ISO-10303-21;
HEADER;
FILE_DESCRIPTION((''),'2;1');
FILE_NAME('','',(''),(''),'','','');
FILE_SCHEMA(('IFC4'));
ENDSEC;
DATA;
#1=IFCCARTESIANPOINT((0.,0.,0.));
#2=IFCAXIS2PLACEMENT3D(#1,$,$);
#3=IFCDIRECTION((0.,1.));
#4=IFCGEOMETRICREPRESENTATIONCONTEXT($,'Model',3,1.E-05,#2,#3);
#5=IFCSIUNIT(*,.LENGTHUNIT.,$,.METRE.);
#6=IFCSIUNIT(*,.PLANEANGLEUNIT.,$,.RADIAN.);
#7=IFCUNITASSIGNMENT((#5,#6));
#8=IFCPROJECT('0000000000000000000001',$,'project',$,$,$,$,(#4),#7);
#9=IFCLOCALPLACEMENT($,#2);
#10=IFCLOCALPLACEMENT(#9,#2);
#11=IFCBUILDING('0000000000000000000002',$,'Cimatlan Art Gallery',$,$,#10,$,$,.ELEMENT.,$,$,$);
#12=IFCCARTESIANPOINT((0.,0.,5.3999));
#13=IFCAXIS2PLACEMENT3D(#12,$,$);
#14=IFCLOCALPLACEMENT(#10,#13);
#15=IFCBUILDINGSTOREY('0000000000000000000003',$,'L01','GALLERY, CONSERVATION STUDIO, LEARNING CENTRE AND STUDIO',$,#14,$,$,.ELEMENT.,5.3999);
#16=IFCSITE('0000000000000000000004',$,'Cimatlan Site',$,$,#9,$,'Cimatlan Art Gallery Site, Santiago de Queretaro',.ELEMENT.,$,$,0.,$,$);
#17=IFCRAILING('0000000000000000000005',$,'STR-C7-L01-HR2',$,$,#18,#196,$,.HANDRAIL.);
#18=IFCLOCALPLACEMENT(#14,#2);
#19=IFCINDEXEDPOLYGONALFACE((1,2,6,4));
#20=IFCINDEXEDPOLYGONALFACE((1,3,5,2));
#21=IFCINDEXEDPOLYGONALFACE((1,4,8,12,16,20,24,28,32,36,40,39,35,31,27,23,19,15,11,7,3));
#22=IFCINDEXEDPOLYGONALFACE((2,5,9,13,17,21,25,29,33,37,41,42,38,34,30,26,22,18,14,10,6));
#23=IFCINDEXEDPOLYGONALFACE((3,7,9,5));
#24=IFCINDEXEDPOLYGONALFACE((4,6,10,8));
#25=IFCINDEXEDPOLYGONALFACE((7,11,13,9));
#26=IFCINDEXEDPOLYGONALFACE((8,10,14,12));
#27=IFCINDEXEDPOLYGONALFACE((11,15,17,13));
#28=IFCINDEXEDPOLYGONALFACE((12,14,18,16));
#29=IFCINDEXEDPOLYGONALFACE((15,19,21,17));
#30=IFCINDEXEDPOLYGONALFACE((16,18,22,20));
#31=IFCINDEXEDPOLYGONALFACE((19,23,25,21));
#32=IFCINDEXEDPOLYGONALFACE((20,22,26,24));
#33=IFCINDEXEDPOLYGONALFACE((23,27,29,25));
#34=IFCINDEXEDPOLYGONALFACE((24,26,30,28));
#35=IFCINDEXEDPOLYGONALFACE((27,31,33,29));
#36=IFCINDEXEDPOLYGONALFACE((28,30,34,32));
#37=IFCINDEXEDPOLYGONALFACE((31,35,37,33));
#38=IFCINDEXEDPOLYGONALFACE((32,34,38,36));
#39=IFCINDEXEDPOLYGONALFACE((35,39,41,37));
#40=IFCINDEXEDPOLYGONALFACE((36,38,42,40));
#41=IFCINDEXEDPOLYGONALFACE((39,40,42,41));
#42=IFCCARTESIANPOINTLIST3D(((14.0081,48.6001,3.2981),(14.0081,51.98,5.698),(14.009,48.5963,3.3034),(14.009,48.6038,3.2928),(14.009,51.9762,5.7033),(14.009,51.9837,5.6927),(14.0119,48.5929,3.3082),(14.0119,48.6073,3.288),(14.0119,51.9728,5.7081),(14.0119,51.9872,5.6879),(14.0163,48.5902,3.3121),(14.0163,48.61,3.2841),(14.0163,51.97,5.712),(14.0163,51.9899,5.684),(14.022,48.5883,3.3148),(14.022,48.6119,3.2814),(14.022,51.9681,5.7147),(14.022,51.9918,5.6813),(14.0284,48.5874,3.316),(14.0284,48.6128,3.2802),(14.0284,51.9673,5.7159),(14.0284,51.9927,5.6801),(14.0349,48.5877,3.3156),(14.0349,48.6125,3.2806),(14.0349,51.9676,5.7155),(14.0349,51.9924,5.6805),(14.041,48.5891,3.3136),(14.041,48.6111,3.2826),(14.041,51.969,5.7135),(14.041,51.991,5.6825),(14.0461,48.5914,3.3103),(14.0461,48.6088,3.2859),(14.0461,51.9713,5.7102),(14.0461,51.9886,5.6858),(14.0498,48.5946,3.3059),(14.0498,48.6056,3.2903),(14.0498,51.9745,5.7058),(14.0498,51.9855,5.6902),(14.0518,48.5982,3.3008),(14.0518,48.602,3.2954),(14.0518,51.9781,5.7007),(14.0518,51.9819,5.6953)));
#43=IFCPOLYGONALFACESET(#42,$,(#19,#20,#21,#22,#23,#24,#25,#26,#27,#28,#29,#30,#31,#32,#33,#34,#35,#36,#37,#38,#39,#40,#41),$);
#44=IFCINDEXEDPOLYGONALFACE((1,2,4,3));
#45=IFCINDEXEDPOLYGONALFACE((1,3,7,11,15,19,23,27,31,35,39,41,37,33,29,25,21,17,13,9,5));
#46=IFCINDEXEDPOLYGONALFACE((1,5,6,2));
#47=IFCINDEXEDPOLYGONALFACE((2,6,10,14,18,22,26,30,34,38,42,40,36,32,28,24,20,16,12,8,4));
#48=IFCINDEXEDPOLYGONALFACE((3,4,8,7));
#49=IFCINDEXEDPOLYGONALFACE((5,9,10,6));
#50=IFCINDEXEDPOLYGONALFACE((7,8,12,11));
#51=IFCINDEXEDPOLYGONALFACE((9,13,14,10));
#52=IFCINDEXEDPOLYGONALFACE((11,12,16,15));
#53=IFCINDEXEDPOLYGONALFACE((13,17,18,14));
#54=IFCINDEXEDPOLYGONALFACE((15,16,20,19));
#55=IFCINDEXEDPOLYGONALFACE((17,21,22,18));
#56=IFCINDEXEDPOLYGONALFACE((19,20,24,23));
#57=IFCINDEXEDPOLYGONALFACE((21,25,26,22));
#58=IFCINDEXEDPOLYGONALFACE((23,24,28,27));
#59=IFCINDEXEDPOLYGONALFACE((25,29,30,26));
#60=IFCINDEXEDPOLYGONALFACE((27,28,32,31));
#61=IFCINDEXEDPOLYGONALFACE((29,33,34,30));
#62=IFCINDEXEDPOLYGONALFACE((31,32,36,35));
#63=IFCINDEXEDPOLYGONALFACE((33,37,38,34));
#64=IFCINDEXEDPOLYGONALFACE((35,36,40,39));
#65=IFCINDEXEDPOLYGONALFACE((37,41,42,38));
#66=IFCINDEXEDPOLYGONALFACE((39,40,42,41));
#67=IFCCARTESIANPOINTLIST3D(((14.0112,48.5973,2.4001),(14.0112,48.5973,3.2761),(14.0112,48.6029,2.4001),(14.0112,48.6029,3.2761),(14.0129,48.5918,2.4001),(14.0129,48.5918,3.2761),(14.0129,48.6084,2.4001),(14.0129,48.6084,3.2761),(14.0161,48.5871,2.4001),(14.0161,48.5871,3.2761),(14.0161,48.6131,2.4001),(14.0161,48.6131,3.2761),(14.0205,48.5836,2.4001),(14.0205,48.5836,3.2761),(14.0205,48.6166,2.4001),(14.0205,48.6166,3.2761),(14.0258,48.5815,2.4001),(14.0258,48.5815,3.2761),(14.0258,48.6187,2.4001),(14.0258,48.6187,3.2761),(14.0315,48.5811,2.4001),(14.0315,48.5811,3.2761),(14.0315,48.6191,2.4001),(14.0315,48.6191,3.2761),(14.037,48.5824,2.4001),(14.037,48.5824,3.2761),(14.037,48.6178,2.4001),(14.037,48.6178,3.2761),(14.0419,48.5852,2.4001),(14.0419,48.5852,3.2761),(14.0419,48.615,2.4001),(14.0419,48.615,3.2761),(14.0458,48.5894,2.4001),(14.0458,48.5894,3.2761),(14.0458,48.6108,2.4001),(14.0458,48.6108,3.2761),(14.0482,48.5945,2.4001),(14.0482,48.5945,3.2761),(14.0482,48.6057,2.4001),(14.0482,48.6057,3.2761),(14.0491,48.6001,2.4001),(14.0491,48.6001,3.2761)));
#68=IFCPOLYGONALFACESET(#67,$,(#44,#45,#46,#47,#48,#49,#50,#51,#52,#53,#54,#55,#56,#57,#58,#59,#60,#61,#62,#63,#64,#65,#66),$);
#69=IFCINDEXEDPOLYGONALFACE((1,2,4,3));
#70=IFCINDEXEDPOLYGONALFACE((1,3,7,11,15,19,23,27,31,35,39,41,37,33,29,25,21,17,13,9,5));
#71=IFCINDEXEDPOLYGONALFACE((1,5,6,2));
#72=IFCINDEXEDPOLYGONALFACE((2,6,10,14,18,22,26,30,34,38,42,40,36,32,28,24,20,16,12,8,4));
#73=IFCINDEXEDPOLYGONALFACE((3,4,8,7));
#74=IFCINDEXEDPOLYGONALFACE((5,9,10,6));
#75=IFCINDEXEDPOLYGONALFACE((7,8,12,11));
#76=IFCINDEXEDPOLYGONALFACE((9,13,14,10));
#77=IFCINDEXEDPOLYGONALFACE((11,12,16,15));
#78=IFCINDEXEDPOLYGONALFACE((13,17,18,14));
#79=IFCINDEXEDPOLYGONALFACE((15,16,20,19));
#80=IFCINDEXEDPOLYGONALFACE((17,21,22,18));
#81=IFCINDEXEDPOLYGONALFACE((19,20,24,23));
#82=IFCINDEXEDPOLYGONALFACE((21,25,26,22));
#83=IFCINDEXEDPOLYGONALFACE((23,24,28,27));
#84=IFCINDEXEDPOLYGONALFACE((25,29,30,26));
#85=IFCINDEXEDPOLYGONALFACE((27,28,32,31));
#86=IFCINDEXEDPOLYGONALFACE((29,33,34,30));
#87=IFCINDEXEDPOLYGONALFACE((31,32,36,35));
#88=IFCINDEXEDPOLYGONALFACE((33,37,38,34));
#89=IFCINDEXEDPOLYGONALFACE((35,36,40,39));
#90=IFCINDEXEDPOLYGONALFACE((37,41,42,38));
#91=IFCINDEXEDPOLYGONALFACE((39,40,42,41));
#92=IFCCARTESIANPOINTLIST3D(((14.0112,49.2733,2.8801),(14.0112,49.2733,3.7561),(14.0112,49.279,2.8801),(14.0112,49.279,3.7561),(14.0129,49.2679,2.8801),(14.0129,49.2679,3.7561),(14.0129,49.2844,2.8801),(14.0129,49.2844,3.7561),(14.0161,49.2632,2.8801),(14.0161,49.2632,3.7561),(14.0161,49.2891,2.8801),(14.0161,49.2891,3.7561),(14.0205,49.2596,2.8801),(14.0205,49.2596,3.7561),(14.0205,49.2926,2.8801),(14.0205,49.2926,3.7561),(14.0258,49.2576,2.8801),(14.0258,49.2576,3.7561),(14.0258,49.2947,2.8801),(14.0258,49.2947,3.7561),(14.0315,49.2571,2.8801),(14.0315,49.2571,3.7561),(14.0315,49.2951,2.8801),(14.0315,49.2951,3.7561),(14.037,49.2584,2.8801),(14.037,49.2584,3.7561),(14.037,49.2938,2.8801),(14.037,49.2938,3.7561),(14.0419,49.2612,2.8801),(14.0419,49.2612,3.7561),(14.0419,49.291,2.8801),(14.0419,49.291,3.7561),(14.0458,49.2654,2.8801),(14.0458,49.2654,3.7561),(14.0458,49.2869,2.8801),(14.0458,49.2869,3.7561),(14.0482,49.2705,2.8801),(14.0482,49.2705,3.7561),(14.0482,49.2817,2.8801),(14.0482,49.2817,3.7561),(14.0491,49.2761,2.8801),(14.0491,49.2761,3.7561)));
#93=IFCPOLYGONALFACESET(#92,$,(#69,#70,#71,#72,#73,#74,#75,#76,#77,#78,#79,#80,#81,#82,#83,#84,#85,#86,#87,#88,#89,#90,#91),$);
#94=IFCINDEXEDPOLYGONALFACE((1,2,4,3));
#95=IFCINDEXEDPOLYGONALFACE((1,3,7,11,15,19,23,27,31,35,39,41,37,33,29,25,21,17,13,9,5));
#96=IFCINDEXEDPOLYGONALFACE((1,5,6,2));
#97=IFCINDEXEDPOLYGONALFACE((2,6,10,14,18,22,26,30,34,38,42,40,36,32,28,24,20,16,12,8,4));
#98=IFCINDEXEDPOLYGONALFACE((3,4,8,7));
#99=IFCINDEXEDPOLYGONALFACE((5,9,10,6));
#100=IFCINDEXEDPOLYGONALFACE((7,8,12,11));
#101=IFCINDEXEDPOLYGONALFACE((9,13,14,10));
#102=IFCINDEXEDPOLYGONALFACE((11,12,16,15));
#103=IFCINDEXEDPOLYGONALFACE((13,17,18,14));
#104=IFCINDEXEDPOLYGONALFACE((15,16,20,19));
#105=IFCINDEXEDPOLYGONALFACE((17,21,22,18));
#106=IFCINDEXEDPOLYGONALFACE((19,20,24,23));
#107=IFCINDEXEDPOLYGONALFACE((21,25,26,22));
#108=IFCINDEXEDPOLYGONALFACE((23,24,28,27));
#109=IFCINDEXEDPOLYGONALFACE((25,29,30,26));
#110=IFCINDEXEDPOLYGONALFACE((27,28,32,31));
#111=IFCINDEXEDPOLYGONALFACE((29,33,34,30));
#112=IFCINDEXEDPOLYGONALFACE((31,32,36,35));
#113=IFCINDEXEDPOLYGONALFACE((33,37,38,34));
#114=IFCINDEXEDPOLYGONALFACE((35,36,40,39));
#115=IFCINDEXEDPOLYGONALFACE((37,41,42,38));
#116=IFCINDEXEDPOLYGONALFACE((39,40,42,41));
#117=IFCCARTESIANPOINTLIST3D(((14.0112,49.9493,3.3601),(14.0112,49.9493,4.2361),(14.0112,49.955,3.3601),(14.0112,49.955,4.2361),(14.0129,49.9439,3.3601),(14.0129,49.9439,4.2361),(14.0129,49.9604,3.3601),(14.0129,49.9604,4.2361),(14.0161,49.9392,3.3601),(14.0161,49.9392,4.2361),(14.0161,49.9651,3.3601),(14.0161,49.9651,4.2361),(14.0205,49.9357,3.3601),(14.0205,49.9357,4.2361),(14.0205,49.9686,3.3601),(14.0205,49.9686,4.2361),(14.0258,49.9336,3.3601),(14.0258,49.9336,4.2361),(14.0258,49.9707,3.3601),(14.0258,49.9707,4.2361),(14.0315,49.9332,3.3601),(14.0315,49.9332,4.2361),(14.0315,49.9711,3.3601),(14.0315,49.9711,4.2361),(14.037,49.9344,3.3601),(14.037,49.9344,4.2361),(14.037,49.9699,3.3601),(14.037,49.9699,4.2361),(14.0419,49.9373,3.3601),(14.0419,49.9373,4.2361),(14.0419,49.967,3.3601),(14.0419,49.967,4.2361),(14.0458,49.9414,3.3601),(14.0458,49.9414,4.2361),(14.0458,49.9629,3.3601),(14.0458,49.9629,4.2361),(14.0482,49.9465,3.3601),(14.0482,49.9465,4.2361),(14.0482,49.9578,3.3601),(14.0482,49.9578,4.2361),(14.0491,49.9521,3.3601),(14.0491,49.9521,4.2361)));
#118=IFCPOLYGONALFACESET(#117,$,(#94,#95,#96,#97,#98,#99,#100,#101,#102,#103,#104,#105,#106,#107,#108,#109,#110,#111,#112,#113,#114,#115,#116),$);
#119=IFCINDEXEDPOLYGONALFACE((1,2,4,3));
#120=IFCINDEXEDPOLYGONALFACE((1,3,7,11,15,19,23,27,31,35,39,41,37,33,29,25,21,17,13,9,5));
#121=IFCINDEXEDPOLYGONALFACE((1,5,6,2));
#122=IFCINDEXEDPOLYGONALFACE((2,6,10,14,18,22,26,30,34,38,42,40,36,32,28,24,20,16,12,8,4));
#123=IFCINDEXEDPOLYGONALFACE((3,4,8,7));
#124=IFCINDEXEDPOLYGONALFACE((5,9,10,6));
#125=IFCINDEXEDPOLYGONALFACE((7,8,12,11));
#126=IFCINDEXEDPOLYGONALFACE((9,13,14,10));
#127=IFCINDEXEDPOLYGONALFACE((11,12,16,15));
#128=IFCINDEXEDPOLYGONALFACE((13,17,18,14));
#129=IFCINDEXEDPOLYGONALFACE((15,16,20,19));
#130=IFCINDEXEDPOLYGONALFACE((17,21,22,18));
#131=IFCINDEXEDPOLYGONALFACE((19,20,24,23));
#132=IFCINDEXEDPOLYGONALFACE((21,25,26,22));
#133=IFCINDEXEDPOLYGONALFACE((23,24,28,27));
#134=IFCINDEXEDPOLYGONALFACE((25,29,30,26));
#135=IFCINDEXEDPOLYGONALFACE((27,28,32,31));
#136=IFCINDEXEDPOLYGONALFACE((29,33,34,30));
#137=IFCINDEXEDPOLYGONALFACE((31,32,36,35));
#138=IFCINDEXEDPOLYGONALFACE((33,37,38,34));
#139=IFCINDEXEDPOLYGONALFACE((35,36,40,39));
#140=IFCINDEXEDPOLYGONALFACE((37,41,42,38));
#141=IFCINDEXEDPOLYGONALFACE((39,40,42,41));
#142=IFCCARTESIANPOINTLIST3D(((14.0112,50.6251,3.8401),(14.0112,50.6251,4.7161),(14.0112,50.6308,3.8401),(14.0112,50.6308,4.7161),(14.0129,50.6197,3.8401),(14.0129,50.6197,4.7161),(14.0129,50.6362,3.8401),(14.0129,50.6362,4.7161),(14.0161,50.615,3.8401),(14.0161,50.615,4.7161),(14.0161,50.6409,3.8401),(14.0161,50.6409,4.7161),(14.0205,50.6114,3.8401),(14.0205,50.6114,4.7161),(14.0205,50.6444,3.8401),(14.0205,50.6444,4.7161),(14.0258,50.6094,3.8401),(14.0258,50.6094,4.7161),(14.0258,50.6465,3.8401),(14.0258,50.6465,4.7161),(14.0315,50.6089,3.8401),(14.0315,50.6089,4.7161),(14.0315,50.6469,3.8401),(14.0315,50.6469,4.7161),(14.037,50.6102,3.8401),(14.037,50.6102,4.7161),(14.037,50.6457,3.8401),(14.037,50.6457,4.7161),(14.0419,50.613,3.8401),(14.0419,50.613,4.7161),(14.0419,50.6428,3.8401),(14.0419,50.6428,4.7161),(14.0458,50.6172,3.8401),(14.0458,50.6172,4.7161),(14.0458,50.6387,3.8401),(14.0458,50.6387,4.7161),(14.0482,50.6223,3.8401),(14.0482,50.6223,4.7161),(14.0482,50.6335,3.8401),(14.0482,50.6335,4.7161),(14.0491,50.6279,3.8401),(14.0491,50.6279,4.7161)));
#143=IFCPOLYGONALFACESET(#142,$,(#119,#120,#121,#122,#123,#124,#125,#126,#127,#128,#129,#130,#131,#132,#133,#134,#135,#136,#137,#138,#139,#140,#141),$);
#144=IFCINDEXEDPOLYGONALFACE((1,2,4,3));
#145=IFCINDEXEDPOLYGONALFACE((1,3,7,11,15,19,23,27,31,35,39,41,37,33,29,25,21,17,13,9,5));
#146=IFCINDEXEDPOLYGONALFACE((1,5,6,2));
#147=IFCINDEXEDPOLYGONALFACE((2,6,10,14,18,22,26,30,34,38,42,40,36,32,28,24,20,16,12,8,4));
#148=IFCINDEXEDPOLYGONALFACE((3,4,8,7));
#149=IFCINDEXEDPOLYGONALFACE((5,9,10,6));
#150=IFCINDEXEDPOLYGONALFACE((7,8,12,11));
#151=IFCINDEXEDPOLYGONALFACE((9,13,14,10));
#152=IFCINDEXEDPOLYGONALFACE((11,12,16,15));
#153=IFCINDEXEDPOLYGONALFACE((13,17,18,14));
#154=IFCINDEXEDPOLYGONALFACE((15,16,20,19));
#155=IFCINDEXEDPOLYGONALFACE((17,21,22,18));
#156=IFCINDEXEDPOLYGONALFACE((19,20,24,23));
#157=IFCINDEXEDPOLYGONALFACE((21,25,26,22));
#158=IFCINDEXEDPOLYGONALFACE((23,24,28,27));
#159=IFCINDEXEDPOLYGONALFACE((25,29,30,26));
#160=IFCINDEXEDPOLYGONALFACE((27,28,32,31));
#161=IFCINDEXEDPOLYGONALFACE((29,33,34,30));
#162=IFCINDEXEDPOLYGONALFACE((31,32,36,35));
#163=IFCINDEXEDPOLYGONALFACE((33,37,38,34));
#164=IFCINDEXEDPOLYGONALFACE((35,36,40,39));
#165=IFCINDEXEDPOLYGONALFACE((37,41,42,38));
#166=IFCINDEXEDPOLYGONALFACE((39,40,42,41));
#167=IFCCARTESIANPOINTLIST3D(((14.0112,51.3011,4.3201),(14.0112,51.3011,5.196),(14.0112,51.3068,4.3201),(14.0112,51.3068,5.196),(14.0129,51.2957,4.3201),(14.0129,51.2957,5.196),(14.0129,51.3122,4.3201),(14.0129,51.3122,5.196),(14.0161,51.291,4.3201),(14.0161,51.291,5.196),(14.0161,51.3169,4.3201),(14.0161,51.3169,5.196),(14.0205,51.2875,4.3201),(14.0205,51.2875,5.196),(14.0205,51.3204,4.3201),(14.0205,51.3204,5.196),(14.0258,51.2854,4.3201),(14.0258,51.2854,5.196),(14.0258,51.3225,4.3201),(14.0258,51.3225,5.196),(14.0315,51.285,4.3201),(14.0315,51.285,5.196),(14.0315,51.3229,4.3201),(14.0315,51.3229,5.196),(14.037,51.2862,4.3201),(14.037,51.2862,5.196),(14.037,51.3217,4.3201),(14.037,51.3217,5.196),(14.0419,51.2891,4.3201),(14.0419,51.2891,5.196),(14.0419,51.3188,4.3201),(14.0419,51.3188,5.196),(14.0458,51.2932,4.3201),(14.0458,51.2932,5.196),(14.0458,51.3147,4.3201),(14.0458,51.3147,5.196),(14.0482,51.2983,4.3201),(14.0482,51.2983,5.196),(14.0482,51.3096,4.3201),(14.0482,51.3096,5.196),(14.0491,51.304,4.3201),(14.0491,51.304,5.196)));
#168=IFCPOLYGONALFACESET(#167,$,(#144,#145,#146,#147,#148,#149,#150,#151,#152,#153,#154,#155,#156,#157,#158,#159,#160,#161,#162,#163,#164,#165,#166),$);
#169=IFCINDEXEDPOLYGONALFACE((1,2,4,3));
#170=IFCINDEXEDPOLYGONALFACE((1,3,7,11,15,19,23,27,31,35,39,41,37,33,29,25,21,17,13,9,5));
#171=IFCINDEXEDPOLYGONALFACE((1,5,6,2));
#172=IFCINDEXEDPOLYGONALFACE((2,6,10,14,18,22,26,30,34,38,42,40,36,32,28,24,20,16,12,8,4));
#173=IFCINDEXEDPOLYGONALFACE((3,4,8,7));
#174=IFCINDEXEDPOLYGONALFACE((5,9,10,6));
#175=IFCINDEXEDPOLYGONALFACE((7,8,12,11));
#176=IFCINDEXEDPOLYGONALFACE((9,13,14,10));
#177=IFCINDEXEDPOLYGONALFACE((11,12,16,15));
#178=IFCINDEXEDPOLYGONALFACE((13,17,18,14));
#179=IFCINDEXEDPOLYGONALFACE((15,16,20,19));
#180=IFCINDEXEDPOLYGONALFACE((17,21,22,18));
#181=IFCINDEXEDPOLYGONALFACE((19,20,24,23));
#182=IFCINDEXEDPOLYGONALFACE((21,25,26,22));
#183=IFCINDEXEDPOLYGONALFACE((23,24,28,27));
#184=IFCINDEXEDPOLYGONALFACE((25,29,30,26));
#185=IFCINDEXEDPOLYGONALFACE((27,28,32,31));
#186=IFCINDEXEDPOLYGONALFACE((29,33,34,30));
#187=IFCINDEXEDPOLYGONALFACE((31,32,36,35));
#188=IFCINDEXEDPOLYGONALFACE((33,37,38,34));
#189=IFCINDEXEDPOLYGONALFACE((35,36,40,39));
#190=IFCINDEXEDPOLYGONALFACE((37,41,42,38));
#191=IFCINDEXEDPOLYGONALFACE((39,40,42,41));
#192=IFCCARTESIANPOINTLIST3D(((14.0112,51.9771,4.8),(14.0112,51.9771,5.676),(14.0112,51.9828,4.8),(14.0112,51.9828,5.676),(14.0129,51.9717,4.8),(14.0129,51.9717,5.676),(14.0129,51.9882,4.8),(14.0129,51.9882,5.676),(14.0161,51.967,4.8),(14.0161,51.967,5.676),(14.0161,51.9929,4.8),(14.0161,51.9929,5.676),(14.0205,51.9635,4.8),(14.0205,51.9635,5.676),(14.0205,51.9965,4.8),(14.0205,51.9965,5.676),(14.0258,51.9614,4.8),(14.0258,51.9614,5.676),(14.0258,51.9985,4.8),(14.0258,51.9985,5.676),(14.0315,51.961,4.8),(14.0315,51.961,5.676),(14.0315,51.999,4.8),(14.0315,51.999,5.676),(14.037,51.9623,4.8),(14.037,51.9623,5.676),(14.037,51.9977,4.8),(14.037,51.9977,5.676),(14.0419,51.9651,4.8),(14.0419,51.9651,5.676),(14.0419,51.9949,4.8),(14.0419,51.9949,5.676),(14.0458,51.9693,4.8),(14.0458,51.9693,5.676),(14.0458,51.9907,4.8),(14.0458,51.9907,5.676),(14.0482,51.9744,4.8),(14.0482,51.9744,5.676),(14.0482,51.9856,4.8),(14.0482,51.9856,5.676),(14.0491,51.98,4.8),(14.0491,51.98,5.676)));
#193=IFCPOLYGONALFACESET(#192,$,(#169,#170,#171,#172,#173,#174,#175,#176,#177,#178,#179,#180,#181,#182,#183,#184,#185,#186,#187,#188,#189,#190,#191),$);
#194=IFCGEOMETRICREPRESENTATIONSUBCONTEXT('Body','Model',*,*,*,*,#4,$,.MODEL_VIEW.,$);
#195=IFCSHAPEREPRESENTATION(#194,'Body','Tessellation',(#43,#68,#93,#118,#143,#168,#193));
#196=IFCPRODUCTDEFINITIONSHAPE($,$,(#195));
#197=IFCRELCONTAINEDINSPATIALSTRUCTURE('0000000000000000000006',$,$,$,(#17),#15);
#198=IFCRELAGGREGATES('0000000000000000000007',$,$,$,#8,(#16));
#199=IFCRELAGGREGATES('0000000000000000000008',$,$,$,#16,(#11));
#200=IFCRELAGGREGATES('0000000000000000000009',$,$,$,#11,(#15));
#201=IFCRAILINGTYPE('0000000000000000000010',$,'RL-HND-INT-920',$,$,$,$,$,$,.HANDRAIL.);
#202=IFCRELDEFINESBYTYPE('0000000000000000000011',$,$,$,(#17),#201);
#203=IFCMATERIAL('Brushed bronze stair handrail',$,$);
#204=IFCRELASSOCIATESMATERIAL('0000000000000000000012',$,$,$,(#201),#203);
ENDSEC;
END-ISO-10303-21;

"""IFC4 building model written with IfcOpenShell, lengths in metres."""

from ifc_helpers import new_model, si_unit, direction, frame, origin, origin_2d, place, context, subcontext, project, spatial, circle, extrude, material, type_object, element, save


model = new_model("IFC4")

# Units and contexts
model_context = context("Model", 3, precision=1e-05, world=origin(), true_north=direction((0.0, 1.0)))
body_context = subcontext(model_context, "Body", "Model", "MODEL_VIEW")
ifc_project = project(units=[si_unit("LENGTHUNIT", "METRE"), si_unit("PLANEANGLEUNIT", "RADIAN")], contexts=[model_context])

# Site, building, storey
site_placement = place(None, origin())
site = spatial("IfcSite", under=ifc_project, at=site_placement, Name="Cimatlan Site", LongName="Cimatlan Art Gallery Site, Santiago de Queretaro", CompositionType="ELEMENT", RefElevation=0.0)
building_placement = place(site_placement, origin())
building = spatial("IfcBuilding", under=site, at=building_placement, Name="Cimatlan Art Gallery", CompositionType="ELEMENT")
storey_placement = place(building_placement, frame((0.0, 0.0, 5.3999)))
storey = spatial("IfcBuildingStorey", under=building, at=storey_placement, Name="L01", Description="GALLERY, CONSERVATION STUDIO, LEARNING CENTRE AND STUDIO", CompositionType="ELEMENT", Elevation=5.3999)

# Railing
ifc_material_1 = material(Name="Brushed bronze stair handrail")
railing_type_1 = type_object("IfcRailingType", Name="RL-HND-INT-920", PredefinedType="HANDRAIL", material=ifc_material_1)
railing_1_placement = place(storey_placement, frame((14.03, 48.6001, 2.4001)))
element("IfcRailing", 1, at=railing_1_placement, inside=storey, type_object=railing_type_1, Name="STR-C7-L01-HR2", PredefinedType="HANDRAIL", context=body_context, shape_type="SweptSolid", body=[
    extrude(circle(Radius=0.022, at=origin_2d()), frame((0.0, 0.0, 0.8979), z_axis=(0.0, 0.815362, 0.578952), x_axis=(-1.0, 0.0, 0.0)), (0.0, 0.0, 1.0), 4.1453),
    extrude(circle(Radius=0.019, at=origin_2d()), origin(), (0.0, 0.0, 1.0), 0.876),
    extrude(circle(Radius=0.019, at=origin_2d()), frame((0.0, 0.676, 0.48)), (0.0, 0.0, 1.0), 0.876),
    extrude(circle(Radius=0.019, at=origin_2d()), frame((0.0, 1.3521, 0.96)), (0.0, 0.0, 1.0), 0.876),
    extrude(circle(Radius=0.019, at=origin_2d()), frame((0.0, 2.0278, 1.4399)), (0.0, 0.0, 1.0), 0.876),
    extrude(circle(Radius=0.019, at=origin_2d()), frame((0.0, 2.7039, 1.9199)), (0.0, 0.0, 1.0), 0.876),
    extrude(circle(Radius=0.019, at=origin_2d()), frame((0.0, 3.3799, 2.3999)), (0.0, 0.0, 1.0), 0.876),
])

save(model, "model.ifc")
